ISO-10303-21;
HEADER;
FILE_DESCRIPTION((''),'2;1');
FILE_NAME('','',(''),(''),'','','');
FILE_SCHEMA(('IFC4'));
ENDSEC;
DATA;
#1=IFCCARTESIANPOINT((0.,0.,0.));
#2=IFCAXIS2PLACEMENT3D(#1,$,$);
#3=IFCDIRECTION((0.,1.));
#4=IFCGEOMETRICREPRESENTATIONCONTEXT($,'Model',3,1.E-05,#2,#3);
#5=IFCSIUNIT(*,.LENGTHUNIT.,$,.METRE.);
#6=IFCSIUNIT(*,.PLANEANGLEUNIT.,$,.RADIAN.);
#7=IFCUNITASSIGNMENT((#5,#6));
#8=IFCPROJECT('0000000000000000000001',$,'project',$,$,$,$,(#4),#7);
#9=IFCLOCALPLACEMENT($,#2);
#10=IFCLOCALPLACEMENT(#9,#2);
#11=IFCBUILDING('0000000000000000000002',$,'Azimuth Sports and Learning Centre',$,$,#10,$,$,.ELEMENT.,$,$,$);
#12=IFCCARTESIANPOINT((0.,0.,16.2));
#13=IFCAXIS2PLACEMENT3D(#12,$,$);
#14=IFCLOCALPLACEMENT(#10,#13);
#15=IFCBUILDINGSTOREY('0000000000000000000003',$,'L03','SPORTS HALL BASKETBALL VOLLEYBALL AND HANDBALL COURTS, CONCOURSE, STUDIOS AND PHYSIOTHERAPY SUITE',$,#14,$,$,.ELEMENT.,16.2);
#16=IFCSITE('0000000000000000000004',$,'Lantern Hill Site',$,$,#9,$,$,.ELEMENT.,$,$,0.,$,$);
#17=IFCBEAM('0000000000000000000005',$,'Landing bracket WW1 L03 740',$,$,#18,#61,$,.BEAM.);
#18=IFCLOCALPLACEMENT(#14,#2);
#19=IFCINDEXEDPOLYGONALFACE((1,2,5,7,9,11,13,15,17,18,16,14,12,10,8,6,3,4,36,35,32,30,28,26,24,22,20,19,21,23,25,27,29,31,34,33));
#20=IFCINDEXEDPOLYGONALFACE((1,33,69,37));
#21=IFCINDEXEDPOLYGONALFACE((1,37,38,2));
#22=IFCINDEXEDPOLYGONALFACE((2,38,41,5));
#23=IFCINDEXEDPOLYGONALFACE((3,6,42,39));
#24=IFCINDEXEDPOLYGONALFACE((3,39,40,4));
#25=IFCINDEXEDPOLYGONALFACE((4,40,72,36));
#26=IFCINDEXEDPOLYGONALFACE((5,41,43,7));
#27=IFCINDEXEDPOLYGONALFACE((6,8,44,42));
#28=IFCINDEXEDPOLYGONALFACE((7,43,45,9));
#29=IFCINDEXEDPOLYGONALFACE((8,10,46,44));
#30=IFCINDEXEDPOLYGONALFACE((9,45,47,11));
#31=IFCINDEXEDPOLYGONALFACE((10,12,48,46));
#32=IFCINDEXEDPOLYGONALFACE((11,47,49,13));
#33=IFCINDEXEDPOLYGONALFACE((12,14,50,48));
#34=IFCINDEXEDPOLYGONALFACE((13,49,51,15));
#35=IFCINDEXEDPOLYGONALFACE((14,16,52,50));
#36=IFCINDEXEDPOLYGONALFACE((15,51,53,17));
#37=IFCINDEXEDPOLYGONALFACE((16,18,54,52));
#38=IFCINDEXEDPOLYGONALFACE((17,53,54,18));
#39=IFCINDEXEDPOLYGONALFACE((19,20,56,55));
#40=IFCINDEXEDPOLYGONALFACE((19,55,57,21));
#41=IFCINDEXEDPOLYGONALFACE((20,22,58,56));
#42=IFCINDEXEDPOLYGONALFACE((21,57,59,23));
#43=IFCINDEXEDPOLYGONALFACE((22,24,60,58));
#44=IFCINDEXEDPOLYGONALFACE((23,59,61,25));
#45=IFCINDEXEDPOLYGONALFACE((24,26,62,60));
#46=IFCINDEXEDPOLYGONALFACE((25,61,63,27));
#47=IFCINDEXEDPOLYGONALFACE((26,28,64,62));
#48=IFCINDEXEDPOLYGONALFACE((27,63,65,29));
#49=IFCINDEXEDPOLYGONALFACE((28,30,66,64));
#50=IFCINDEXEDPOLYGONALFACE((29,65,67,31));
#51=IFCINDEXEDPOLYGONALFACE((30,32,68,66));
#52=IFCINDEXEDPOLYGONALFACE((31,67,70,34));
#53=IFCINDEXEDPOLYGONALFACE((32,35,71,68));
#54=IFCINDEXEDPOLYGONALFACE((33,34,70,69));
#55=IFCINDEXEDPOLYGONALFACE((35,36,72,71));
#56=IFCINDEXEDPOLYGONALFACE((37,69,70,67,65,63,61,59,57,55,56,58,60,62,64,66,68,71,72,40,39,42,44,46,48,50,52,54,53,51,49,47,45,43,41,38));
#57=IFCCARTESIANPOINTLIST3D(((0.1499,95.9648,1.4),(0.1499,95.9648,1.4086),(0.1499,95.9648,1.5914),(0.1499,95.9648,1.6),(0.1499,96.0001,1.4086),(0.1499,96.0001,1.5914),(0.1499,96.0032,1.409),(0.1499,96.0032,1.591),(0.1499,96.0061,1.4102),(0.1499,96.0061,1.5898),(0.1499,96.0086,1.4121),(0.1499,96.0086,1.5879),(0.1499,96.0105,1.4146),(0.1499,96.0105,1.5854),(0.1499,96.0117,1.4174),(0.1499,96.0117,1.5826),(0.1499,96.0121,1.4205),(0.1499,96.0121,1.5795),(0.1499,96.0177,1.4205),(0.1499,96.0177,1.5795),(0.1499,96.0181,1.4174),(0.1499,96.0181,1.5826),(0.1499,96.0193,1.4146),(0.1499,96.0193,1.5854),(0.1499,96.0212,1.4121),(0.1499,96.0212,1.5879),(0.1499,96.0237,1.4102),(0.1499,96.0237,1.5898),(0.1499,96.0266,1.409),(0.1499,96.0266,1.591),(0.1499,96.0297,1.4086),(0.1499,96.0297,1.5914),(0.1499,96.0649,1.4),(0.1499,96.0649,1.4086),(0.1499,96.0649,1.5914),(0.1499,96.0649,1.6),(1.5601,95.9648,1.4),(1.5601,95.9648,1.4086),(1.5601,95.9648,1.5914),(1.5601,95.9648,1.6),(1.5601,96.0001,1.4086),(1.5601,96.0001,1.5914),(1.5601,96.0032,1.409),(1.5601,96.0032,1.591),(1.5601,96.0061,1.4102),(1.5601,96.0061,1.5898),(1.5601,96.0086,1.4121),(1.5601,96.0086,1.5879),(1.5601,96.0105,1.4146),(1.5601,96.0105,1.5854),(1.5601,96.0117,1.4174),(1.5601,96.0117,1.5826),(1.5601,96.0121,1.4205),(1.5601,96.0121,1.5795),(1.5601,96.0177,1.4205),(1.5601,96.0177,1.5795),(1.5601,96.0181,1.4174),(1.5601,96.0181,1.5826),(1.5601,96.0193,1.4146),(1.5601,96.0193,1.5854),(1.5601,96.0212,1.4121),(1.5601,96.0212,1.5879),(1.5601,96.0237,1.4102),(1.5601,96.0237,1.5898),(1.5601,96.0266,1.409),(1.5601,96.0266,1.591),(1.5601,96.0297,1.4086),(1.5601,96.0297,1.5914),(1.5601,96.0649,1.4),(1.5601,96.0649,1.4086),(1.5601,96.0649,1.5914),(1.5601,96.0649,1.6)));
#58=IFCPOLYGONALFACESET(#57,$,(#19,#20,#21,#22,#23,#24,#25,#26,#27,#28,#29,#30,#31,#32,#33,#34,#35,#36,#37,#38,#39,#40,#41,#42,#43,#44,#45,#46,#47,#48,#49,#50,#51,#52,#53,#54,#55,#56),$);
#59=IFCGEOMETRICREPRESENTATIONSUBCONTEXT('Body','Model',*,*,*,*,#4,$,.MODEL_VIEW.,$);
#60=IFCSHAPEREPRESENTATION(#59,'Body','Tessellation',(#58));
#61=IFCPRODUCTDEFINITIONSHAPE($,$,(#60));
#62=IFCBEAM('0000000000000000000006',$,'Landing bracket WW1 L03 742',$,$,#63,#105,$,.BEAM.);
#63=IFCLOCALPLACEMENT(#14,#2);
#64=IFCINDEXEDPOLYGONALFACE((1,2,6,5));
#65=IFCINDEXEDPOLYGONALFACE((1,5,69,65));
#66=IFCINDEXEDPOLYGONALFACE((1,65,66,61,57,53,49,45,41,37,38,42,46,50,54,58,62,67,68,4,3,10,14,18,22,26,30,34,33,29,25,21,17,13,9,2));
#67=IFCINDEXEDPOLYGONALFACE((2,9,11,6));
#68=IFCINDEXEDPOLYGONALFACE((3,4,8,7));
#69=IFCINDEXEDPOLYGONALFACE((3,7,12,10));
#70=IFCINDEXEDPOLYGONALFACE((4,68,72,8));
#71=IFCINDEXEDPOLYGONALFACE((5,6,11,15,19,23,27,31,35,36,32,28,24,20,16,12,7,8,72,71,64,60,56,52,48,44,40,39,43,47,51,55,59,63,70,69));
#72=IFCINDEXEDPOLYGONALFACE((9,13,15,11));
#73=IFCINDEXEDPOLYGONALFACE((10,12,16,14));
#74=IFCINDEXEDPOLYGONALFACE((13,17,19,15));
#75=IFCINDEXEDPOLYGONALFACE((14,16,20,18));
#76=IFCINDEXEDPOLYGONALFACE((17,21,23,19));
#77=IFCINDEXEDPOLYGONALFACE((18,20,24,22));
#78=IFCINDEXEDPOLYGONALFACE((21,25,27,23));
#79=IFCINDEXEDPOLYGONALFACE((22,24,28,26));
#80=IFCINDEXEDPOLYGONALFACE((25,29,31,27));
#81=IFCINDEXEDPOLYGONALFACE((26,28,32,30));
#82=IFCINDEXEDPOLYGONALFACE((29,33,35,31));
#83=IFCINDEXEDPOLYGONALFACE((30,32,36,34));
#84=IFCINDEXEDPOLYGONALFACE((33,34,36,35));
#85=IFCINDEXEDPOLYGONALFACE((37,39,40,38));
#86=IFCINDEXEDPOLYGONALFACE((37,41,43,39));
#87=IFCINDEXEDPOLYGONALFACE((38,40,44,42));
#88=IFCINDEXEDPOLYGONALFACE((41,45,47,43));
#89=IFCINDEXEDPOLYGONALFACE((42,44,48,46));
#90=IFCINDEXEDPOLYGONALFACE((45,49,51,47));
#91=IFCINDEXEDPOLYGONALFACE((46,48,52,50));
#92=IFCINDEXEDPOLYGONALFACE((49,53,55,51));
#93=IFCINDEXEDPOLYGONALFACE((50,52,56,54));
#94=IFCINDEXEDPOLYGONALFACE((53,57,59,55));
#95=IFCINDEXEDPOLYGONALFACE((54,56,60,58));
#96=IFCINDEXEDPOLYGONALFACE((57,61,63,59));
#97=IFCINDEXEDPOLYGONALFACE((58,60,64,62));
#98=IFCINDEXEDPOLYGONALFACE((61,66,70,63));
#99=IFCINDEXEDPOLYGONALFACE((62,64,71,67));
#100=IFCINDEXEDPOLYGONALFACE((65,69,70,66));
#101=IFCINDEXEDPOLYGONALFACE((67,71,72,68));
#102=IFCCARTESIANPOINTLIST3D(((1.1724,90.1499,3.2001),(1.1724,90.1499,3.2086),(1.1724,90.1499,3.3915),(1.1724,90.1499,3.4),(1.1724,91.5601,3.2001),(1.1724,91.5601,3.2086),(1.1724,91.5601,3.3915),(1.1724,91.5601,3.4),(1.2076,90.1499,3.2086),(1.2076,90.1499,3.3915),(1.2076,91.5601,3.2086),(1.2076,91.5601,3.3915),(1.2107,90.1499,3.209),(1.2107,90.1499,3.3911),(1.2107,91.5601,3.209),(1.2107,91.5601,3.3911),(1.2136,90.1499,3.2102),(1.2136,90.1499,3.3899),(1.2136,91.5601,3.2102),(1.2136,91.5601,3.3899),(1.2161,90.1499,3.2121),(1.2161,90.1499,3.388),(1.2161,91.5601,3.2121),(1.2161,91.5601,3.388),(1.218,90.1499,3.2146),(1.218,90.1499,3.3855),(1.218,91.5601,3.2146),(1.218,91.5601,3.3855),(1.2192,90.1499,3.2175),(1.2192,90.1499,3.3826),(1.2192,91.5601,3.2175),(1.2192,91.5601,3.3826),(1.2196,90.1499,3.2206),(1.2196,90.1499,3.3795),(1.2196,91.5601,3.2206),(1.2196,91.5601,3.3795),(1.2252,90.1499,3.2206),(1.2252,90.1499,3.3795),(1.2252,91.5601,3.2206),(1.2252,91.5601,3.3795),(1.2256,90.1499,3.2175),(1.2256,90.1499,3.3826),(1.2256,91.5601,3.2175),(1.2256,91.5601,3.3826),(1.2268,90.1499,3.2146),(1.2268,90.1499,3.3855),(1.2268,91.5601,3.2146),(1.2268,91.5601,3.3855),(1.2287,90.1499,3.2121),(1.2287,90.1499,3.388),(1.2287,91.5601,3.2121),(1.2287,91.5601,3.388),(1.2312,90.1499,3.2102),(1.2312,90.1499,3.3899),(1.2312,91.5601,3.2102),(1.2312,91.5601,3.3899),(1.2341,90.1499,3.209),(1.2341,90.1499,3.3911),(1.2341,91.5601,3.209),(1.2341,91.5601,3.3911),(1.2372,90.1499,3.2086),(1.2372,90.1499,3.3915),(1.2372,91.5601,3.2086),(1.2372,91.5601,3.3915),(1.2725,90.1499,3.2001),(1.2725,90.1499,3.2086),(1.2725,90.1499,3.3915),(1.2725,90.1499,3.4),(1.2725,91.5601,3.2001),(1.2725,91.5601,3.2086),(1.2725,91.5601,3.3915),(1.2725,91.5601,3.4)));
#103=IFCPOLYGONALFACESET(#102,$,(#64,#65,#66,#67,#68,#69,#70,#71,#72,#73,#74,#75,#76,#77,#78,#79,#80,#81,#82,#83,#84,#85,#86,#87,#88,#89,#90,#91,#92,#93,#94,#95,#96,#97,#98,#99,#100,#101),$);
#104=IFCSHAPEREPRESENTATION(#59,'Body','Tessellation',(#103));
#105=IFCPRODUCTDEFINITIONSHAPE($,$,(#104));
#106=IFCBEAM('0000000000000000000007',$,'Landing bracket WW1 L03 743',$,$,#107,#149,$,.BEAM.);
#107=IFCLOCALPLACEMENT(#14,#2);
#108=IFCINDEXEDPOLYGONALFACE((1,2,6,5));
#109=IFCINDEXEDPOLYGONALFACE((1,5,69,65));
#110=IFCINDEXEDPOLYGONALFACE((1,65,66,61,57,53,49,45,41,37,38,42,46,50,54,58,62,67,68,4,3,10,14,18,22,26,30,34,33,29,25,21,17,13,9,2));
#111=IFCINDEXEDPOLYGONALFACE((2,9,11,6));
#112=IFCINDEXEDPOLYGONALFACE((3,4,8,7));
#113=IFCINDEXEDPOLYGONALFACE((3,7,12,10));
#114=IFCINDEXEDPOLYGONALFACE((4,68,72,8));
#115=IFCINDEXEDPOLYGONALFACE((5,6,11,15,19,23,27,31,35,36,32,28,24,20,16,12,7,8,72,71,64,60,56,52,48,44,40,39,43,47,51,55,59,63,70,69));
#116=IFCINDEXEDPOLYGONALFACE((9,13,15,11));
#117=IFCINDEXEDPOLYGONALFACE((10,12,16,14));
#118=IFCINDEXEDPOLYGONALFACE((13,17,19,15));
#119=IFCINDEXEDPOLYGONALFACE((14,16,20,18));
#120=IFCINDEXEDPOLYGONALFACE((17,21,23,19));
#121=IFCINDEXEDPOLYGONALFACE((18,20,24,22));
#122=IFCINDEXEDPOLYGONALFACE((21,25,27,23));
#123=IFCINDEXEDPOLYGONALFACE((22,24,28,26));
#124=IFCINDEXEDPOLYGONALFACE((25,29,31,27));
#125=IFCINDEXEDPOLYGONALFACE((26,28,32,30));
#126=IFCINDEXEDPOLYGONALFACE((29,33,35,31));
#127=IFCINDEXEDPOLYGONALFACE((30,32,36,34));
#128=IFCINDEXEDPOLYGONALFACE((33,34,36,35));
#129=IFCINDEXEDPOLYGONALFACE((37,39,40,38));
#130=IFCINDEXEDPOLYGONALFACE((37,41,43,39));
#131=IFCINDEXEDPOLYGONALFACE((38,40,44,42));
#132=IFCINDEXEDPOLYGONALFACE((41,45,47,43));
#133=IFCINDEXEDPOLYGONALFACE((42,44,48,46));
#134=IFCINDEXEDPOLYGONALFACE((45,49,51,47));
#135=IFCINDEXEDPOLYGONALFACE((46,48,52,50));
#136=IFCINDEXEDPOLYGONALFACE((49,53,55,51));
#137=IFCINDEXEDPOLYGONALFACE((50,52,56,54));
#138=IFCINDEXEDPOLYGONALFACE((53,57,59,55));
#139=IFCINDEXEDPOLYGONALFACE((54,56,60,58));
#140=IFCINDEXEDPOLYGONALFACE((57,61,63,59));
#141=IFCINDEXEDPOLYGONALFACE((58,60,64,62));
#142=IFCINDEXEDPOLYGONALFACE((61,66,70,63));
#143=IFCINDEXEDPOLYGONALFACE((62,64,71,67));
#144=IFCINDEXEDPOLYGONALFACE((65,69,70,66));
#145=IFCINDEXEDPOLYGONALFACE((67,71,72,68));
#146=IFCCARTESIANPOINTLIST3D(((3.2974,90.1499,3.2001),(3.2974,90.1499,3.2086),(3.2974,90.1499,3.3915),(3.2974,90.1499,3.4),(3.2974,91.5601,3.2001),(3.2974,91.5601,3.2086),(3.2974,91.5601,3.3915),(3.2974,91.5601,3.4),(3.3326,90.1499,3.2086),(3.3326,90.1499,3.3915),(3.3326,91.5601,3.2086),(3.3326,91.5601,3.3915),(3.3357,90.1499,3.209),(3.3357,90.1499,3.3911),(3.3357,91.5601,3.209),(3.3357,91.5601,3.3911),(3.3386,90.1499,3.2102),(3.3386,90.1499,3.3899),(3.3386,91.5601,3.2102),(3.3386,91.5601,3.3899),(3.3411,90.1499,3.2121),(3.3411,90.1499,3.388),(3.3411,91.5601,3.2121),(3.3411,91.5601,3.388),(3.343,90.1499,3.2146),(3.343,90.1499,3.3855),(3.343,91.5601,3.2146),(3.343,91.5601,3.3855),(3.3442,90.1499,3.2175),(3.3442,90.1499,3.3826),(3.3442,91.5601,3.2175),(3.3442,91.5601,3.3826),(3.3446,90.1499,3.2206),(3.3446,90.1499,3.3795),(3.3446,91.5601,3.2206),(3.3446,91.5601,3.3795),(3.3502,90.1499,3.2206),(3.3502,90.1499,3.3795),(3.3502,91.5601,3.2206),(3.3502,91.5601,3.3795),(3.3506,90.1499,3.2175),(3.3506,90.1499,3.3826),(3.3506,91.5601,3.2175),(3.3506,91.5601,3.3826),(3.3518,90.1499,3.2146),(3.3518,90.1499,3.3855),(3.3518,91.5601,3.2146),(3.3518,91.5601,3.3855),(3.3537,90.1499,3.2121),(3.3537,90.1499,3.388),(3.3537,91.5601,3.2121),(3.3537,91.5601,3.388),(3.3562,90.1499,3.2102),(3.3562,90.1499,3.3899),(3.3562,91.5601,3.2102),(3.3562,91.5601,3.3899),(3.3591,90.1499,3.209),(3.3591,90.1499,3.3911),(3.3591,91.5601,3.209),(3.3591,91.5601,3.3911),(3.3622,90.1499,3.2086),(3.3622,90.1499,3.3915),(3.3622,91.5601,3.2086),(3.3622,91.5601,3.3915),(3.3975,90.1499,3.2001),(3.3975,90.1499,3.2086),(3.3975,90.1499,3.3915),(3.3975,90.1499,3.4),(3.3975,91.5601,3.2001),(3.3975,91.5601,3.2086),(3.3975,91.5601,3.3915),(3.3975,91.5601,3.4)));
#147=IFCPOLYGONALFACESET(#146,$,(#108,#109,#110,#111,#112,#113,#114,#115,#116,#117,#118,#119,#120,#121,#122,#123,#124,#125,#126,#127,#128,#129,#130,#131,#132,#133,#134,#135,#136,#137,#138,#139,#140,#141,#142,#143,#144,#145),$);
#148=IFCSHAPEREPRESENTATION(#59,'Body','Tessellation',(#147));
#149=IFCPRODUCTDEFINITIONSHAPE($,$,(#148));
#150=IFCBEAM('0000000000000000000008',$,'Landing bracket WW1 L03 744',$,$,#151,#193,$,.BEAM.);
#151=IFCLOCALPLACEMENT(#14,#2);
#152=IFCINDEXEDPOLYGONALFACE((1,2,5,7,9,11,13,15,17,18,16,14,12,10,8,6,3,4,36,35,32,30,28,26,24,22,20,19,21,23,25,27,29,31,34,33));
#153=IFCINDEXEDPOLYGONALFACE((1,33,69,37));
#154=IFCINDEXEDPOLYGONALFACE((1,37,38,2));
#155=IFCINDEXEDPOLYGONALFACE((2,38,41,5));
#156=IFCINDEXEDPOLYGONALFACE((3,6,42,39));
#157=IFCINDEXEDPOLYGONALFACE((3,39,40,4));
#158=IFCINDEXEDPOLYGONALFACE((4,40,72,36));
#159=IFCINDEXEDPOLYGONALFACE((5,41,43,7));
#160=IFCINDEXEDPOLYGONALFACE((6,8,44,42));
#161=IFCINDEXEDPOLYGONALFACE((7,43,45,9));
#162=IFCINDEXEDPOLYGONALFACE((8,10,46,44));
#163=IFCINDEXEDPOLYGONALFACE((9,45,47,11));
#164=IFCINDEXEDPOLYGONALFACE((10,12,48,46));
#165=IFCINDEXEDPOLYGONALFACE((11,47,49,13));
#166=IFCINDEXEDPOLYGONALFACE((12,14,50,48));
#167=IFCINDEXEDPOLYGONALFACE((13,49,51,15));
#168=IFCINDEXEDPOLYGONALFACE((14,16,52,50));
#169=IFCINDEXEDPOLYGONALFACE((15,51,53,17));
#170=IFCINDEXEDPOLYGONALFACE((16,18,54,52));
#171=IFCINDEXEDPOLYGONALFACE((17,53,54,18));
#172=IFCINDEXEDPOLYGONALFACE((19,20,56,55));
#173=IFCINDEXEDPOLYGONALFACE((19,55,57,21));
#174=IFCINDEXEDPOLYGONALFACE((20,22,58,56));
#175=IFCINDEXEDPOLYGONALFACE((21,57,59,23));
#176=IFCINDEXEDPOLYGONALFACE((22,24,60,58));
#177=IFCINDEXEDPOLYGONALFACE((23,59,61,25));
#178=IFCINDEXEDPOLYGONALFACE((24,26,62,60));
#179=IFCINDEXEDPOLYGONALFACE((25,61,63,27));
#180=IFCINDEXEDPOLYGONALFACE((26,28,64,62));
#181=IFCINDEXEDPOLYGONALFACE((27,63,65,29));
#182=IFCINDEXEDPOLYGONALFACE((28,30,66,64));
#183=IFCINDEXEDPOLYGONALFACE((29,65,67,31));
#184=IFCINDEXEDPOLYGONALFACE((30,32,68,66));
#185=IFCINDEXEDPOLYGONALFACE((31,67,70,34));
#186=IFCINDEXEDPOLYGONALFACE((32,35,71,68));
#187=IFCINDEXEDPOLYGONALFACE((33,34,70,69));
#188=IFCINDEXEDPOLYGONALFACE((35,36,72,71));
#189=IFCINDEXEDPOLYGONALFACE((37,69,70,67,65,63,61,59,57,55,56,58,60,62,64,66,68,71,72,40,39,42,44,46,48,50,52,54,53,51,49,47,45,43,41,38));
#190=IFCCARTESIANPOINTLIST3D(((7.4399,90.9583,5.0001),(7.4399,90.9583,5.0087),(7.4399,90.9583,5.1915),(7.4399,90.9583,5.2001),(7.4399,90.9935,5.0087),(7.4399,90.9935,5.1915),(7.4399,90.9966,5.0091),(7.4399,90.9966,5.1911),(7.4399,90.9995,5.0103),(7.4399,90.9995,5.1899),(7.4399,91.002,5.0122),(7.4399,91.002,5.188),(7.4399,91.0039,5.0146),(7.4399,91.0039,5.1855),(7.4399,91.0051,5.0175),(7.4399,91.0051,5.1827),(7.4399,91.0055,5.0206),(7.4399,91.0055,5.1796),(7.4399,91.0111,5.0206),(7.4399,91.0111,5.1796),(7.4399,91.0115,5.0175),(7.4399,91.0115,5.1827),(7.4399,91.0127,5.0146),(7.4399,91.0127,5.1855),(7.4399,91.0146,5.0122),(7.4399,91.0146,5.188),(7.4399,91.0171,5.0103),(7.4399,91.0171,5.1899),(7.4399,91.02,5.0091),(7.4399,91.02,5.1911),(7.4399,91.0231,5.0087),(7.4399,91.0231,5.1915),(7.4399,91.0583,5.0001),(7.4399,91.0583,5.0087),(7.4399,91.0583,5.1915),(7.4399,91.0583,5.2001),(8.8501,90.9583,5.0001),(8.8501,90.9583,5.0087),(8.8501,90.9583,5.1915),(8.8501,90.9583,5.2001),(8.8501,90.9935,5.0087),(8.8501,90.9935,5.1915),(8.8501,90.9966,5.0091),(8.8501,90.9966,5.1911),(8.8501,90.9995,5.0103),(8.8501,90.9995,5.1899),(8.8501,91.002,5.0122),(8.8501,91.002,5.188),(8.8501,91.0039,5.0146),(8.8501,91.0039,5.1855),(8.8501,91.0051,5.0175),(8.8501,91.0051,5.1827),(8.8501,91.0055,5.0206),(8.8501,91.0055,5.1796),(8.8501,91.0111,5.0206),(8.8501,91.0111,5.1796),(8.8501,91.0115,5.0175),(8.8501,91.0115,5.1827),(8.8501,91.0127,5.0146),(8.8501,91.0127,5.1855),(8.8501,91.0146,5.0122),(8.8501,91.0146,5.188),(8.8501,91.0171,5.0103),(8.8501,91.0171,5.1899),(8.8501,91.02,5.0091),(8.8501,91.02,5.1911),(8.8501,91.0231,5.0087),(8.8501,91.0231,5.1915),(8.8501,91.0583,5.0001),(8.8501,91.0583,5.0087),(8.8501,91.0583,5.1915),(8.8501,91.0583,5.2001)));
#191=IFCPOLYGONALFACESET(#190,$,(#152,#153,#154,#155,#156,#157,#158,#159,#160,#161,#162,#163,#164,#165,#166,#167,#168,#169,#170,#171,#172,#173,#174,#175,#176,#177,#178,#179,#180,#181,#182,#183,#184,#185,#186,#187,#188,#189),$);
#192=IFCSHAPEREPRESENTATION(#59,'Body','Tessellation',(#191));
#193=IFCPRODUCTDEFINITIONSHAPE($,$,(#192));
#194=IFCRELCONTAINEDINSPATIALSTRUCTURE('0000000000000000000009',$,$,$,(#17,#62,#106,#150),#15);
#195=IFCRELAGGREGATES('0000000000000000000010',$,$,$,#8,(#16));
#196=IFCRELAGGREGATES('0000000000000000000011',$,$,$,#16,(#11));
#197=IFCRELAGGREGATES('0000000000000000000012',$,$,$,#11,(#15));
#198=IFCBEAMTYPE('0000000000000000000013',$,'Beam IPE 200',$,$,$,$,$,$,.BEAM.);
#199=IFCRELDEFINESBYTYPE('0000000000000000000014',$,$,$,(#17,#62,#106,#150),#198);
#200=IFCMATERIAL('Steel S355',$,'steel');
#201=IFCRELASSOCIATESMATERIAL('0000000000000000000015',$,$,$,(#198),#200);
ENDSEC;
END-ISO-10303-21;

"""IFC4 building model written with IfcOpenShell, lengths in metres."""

from ifc_helpers import new_model, si_unit, direction, frame, origin, origin_2d, place, context, subcontext, project, spatial, i_section, extrude, material, material_profile, profile_set, type_object, element, save


model = new_model("IFC4")

# Units and contexts
model_context = context("Model", 3, precision=1e-05, world=origin(), true_north=direction((0.0, 1.0)))
body_context = subcontext(model_context, "Body", "Model", "MODEL_VIEW")
ifc_project = project(units=[si_unit("LENGTHUNIT", "METRE"), si_unit("PLANEANGLEUNIT", "RADIAN")], contexts=[model_context])

# Site, building, storey
site_placement = place(None, origin())
site = spatial("IfcSite", under=ifc_project, at=site_placement, Name="Lantern Hill Site", CompositionType="ELEMENT", RefElevation=0.0)
building_placement = place(site_placement, origin())
building = spatial("IfcBuilding", under=site, at=building_placement, Name="Azimuth Sports and Learning Centre", CompositionType="ELEMENT")
storey_placement = place(building_placement, frame((0.0, 0.0, 16.2)))
storey = spatial("IfcBuildingStorey", under=building, at=storey_placement, Name="L03", Description="SPORTS HALL BASKETBALL VOLLEYBALL AND HANDBALL COURTS, CONCOURSE, STUDIOS AND PHYSIOTHERAPY SUITE", CompositionType="ELEMENT", Elevation=16.2)

# Beams
ifc_material_1 = material(Name="Steel S355", Category="steel")
ifc_material_profile_1 = material_profile(ifc_material_1, i_section(OverallWidth=0.1001, OverallDepth=0.2, WebThickness=0.0056, FlangeThickness=0.0085, FilletRadius=0.012, at=origin_2d()), Name="IPE 200")
ifc_profile_set_1 = profile_set([ifc_material_profile_1], Name="Steel S355")
beam_type_1 = type_object("IfcBeamType", Name="Beam IPE 200", PredefinedType="BEAM", material=ifc_profile_set_1)
for number, where, z_axis, x_axis, name in (
    (1, (0.1499, 96.0149, 1.5), (1.0, 0.0, 0.0), (0.0, 1.0, 0.0), "Landing bracket WW1 L03 740"),
    (2, (1.2224, 90.1499, 3.3), (0.0, 1.0, 0.0), (-1.0, 0.0, 0.0), "Landing bracket WW1 L03 742"),
    (3, (3.3474, 90.1499, 3.3), (0.0, 1.0, 0.0), (-1.0, 0.0, 0.0), "Landing bracket WW1 L03 743"),
    (4, (8.8501, 91.0083, 5.1001), (-1.0, 0.0, 0.0), (0.0, -1.0, 0.0), "Landing bracket WW1 L03 744"),
):
    element("IfcBeam", number, at=place(storey_placement, frame(where, z_axis=z_axis, x_axis=x_axis)), inside=storey, type_object=beam_type_1, Name=name, PredefinedType="BEAM", context=body_context, shape_type="SweptSolid", body=[
        extrude(i_section(OverallWidth=0.1001, OverallDepth=0.2, WebThickness=0.0056, FlangeThickness=0.0085, FilletRadius=0.012, at=origin_2d()), origin(), (0.0, 0.0, 1.0), 1.4102),
    ])

save(model, "model.ifc")
